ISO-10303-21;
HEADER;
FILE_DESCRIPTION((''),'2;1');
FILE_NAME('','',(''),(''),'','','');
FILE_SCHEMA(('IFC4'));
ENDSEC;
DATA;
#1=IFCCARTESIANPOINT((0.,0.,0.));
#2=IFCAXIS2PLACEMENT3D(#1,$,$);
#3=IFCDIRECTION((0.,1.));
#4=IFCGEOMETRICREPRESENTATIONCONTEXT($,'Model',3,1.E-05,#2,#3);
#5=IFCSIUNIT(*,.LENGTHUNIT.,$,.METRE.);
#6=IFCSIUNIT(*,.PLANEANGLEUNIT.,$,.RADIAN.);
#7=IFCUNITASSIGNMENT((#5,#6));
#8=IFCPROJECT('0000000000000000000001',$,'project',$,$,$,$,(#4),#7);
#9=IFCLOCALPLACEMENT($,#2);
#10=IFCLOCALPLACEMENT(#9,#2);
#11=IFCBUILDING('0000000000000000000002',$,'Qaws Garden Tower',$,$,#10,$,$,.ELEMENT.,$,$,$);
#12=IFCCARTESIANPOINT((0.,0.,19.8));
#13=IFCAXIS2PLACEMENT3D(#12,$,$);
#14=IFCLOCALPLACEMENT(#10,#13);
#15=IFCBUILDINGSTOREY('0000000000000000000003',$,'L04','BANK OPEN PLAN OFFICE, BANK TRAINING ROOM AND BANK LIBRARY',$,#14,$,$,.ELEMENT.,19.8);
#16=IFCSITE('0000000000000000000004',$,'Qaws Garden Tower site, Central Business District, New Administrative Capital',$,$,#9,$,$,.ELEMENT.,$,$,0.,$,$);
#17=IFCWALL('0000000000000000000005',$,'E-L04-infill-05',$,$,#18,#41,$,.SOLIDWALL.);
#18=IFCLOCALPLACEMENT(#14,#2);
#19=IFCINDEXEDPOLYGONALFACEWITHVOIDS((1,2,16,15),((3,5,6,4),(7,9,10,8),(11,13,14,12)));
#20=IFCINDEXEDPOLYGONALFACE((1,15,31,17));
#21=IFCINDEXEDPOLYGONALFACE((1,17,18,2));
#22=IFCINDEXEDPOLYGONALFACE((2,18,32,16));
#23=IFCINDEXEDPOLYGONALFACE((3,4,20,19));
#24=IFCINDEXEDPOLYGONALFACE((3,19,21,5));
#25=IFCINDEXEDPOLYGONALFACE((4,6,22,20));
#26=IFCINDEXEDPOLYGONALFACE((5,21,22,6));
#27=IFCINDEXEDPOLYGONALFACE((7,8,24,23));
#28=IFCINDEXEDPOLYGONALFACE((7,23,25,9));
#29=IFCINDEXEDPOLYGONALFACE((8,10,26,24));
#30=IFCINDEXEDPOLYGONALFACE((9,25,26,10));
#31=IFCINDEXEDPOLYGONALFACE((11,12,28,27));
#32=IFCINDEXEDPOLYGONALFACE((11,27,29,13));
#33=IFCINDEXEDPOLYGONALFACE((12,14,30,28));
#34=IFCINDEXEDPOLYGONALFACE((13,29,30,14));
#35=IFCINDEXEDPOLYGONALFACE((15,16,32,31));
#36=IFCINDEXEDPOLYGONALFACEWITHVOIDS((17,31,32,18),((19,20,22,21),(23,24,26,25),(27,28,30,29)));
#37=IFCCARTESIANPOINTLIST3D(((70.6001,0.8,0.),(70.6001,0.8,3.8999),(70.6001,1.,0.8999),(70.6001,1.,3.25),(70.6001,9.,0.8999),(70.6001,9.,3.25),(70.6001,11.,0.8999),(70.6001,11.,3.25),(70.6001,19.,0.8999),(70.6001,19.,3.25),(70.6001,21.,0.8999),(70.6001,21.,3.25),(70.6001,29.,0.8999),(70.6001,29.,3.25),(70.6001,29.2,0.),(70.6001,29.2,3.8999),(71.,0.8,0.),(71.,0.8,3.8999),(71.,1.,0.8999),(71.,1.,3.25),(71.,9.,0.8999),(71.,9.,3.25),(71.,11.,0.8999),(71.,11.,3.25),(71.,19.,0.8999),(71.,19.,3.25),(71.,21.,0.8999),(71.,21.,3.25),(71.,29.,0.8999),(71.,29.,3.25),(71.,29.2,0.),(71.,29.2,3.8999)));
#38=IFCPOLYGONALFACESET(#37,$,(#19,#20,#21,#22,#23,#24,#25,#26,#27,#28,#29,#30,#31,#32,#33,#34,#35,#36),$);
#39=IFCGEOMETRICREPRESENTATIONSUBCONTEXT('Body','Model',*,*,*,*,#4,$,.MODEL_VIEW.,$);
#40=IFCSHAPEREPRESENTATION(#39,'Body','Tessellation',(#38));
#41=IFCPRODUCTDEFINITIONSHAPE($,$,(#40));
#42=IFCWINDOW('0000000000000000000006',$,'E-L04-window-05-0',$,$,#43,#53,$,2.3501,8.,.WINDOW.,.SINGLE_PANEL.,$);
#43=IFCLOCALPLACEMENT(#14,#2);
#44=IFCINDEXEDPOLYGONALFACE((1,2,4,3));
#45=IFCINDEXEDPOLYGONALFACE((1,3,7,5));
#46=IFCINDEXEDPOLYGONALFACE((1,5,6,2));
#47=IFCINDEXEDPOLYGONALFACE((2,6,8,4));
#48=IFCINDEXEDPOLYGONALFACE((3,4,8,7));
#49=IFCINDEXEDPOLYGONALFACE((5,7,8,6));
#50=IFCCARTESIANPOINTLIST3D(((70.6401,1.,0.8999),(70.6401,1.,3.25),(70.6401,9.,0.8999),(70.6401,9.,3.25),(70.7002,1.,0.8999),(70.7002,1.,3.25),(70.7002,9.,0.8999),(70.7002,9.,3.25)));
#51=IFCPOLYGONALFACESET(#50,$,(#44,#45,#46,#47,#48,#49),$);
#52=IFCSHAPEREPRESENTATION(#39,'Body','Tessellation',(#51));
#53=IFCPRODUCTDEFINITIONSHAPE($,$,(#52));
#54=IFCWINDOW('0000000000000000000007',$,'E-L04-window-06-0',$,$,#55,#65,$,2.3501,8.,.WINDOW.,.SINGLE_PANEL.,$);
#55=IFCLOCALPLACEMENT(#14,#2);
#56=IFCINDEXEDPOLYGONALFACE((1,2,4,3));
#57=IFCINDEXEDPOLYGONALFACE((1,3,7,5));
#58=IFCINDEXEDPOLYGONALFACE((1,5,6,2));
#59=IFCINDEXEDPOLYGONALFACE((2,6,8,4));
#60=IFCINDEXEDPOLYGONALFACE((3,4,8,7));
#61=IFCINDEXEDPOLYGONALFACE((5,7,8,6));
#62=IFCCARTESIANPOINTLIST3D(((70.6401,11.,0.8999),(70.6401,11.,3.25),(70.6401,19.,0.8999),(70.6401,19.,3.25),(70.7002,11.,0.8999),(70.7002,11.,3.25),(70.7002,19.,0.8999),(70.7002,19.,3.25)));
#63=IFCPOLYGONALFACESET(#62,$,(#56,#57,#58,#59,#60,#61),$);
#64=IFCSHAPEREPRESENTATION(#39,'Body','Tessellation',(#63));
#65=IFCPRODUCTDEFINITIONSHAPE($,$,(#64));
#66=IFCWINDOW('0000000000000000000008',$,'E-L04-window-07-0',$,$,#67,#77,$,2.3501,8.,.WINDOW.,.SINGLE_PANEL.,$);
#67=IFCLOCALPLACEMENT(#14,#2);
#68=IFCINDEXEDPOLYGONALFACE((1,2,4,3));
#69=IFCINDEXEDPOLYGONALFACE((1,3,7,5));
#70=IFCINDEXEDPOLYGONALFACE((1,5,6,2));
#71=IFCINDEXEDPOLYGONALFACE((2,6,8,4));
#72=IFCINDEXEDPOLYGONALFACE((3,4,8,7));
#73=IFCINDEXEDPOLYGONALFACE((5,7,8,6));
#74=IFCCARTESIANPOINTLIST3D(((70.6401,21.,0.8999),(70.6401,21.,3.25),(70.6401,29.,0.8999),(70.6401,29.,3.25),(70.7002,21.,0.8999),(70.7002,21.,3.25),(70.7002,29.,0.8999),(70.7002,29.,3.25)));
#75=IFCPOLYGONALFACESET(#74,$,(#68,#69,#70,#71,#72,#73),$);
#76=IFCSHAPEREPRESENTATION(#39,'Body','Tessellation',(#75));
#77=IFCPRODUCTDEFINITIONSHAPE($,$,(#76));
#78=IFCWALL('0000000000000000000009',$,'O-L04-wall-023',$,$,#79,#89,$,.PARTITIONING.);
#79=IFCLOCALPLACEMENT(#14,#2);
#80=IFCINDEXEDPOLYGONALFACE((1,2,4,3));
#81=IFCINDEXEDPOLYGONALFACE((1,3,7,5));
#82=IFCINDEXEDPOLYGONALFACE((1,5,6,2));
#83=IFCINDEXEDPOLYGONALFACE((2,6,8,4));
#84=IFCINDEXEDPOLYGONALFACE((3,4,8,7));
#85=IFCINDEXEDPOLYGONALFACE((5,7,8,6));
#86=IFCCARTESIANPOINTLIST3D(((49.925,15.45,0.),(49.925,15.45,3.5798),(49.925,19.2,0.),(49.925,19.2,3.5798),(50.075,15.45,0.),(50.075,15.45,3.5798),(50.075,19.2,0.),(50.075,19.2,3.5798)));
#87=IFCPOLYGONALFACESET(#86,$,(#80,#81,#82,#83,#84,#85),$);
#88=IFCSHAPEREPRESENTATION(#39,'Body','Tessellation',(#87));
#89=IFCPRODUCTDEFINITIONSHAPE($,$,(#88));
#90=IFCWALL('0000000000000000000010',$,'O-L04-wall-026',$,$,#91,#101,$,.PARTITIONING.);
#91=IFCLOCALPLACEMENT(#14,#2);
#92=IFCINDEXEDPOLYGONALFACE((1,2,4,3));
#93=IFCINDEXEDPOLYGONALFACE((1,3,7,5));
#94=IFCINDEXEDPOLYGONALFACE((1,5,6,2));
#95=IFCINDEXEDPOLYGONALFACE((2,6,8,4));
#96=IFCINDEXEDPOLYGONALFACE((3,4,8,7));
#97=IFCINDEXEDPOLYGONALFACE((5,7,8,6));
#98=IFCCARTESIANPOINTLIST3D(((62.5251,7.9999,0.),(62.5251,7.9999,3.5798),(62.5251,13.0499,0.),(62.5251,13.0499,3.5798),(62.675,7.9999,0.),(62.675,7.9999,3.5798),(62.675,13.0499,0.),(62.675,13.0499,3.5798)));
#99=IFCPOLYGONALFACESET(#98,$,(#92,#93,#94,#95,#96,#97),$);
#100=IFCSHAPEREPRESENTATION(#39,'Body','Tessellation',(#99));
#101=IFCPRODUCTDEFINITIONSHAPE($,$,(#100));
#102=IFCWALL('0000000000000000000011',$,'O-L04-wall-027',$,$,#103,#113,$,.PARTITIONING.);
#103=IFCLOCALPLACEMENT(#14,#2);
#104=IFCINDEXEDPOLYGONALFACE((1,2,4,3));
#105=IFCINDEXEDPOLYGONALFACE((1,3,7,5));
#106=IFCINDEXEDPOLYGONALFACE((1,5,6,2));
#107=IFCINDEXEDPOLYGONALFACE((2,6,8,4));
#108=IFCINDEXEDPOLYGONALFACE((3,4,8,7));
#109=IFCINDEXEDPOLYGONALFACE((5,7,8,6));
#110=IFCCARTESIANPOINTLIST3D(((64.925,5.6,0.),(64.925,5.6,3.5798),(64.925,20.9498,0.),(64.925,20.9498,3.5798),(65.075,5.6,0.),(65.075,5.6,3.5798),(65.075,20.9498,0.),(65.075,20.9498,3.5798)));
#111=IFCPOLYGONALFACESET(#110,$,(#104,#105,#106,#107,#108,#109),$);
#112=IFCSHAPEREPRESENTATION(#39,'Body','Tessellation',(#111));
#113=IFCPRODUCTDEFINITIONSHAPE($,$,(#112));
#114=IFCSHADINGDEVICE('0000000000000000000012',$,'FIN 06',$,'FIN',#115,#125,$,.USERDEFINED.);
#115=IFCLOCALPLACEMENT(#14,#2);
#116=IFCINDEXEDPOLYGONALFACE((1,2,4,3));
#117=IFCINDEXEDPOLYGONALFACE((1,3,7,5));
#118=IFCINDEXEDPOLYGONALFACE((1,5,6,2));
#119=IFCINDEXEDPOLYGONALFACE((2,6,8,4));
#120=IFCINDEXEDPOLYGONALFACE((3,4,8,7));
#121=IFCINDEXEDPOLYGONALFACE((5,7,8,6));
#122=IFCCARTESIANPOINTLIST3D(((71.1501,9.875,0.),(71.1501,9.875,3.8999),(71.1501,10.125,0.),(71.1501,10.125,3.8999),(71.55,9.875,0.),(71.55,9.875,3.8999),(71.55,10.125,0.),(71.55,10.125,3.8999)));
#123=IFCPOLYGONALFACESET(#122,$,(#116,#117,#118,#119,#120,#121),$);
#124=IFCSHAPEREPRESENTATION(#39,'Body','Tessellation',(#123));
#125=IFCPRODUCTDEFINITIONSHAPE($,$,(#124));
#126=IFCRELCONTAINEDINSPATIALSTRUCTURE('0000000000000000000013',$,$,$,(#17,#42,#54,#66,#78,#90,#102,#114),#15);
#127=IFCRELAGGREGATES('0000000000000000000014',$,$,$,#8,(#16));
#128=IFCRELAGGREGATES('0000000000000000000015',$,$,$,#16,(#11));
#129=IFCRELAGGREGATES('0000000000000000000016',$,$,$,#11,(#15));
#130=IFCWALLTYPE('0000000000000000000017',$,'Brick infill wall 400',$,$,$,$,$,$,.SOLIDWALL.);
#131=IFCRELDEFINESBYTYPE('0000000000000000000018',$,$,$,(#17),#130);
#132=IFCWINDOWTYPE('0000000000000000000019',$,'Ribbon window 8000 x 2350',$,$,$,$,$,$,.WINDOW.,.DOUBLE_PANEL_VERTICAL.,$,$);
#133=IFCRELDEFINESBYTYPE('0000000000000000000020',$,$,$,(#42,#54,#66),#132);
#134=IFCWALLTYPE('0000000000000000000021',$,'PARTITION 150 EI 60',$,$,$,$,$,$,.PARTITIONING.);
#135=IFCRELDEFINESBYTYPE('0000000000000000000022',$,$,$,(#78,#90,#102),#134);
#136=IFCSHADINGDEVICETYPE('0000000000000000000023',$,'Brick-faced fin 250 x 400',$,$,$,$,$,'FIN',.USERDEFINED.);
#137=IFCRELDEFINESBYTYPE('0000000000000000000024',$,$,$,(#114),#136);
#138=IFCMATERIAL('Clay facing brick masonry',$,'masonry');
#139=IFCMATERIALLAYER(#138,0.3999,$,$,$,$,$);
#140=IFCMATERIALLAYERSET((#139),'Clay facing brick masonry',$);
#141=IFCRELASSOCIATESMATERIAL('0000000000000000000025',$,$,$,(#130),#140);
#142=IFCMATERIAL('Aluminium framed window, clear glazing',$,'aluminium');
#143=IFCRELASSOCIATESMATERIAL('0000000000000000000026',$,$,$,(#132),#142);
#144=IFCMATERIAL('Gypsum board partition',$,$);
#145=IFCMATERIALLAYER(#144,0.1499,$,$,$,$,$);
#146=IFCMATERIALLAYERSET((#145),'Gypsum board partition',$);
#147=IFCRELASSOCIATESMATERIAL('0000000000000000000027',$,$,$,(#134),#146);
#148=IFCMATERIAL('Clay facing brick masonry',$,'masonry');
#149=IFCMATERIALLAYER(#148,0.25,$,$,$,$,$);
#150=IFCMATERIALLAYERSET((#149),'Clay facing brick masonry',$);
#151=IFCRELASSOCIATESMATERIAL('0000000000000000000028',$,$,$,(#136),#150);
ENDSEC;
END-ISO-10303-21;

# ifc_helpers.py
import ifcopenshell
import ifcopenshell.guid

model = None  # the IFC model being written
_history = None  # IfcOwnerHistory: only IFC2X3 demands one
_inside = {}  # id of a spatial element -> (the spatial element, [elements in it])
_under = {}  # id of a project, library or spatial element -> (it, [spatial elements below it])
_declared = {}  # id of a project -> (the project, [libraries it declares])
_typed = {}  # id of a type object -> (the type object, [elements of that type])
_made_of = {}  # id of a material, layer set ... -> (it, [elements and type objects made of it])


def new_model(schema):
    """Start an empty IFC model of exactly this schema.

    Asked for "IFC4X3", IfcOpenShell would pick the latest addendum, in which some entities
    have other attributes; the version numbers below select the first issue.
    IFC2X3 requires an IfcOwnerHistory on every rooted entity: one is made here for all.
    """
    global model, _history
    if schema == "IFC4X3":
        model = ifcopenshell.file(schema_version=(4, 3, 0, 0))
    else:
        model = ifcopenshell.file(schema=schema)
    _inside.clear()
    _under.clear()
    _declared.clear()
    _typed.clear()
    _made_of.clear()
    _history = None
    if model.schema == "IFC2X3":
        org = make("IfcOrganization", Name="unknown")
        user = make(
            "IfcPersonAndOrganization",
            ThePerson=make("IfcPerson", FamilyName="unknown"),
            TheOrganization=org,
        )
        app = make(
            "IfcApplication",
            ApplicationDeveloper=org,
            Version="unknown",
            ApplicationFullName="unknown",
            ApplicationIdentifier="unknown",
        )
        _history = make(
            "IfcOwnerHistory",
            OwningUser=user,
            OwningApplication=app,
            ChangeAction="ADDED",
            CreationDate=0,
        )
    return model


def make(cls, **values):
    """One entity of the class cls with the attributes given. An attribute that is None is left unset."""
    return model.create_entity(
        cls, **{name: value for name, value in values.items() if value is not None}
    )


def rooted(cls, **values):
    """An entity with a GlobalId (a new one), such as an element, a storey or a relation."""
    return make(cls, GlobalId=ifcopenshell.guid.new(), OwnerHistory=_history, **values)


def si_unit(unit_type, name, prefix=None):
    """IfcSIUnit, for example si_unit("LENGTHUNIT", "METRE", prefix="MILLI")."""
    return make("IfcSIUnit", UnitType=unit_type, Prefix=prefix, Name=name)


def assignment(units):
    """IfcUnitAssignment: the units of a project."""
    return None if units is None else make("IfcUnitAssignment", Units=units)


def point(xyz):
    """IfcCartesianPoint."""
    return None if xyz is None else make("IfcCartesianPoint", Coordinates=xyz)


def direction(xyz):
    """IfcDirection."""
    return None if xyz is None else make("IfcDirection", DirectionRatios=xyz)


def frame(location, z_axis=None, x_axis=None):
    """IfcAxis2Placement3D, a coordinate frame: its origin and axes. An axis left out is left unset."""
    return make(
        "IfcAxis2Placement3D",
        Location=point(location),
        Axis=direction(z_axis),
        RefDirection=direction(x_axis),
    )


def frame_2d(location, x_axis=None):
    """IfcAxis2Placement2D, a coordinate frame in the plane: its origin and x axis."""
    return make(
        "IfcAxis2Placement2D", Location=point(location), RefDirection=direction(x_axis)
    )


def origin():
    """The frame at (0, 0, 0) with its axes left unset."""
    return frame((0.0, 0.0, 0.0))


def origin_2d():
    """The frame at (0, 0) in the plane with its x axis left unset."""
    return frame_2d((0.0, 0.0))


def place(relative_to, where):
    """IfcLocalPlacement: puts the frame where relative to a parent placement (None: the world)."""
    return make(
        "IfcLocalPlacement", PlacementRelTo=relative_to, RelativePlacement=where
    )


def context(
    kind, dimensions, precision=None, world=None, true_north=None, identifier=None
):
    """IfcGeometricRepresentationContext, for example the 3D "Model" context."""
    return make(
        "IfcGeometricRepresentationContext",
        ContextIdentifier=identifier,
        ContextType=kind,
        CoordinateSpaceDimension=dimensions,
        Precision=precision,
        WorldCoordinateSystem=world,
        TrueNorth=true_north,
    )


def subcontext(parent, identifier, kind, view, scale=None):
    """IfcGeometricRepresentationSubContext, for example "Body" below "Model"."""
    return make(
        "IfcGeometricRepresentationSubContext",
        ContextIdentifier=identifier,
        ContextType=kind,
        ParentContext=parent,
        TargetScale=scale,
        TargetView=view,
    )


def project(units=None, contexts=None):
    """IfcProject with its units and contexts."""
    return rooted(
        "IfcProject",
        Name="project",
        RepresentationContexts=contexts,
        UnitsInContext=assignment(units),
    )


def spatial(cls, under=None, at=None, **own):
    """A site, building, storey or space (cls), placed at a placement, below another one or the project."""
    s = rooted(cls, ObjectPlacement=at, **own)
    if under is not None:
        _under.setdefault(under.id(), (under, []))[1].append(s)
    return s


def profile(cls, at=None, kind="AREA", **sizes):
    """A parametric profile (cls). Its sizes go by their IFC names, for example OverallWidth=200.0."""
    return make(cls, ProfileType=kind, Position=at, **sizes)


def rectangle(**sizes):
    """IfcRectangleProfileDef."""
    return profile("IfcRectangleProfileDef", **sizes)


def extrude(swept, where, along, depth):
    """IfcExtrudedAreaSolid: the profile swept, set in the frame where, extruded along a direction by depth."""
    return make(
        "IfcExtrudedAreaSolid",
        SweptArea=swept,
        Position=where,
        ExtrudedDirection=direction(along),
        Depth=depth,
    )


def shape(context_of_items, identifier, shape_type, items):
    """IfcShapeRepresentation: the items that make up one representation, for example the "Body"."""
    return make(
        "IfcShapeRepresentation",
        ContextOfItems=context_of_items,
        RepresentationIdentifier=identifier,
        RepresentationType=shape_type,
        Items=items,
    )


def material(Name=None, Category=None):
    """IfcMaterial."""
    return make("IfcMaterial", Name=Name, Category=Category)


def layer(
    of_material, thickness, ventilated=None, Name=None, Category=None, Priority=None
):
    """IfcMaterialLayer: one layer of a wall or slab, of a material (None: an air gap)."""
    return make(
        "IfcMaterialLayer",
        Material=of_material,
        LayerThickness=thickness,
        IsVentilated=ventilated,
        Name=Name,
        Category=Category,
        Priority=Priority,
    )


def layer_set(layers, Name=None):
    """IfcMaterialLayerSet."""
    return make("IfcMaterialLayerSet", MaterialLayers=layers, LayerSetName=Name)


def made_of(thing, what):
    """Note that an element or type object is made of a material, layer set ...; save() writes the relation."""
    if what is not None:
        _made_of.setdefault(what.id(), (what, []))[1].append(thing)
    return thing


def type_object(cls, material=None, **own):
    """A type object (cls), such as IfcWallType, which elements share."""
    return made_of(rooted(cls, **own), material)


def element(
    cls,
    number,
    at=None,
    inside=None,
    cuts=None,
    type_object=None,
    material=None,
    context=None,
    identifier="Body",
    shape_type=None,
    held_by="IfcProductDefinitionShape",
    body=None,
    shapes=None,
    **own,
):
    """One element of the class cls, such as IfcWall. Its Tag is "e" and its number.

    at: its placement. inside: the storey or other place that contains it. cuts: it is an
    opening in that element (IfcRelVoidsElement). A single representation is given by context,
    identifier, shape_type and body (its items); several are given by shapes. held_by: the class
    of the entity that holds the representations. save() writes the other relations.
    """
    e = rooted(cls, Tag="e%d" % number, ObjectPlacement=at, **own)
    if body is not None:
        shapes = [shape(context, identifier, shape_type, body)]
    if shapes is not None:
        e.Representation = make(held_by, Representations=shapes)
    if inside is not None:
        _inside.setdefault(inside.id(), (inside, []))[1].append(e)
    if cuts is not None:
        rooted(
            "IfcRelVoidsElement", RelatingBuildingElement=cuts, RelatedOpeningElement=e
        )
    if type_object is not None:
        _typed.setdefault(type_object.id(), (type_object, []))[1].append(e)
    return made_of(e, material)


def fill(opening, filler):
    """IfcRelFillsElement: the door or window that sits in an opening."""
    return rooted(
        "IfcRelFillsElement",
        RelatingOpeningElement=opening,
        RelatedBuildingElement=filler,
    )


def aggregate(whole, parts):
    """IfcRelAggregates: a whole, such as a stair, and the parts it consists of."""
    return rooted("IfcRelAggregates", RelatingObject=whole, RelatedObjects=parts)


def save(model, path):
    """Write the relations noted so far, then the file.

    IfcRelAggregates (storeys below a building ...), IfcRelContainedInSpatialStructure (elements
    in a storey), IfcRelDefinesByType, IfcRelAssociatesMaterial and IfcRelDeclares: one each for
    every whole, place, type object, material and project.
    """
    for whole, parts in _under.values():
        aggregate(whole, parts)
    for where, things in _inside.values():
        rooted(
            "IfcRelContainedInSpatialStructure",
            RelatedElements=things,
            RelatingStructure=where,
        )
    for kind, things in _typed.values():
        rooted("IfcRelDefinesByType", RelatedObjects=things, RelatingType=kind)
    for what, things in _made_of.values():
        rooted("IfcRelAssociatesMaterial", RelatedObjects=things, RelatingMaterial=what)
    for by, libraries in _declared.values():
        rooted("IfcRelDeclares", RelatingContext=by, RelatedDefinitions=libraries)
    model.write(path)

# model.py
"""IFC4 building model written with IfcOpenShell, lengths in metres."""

from ifc_helpers import new_model, si_unit, direction, frame, frame_2d, origin, origin_2d, place, context, subcontext, project, spatial, rectangle, extrude, material, layer, layer_set, type_object, element, fill, save


model = new_model("IFC4")

# Units and contexts
model_context = context("Model", 3, precision=1e-05, world=origin(), true_north=direction((0.0, 1.0)))
body_context = subcontext(model_context, "Body", "Model", "MODEL_VIEW")
ifc_project = project(units=[si_unit("LENGTHUNIT", "METRE"), si_unit("PLANEANGLEUNIT", "RADIAN")], contexts=[model_context])

# Site, building, storey
site_placement = place(None, origin())
site = spatial("IfcSite", under=ifc_project, at=site_placement, Name="Qaws Garden Tower site, Central Business District, New Administrative Capital", CompositionType="ELEMENT", RefElevation=0.0)
building_placement = place(site_placement, origin())
building = spatial("IfcBuilding", under=site, at=building_placement, Name="Qaws Garden Tower", CompositionType="ELEMENT")
storey_placement = place(building_placement, frame((0.0, 0.0, 19.8)))
storey = spatial("IfcBuildingStorey", under=building, at=storey_placement, Name="L04", Description="BANK OPEN PLAN OFFICE, BANK TRAINING ROOM AND BANK LIBRARY", CompositionType="ELEMENT", Elevation=19.8)

# Wall, openings, windows
ifc_material_1 = material(Name="Clay facing brick masonry", Category="masonry")
ifc_layer_1 = layer(ifc_material_1, 0.3999)
ifc_layer_set_1 = layer_set([ifc_layer_1], Name="Clay facing brick masonry")
wall_type_1 = type_object("IfcWallType", Name="Brick infill wall 400", PredefinedType="SOLIDWALL", material=ifc_layer_set_1)
wall_1_placement = place(storey_placement, frame((70.8, 0.8, 0.0), z_axis=(0.0, 0.0, 1.0), x_axis=(0.0, 1.0, 0.0)))
wall_1 = element("IfcWall", 1, at=wall_1_placement, inside=storey, type_object=wall_type_1, Name="E-L04-infill-05", PredefinedType="SOLIDWALL", context=body_context, shape_type="SweptSolid", body=[
    extrude(rectangle(XDim=28.3999, YDim=0.3999, at=frame_2d((14.2, 0.0))), origin(), (0.0, 0.0, 1.0), 3.8999),
])
opening_1_placement = place(wall_1_placement, frame((0.2, 0.0, 0.8999)))
opening_1 = element("IfcOpeningElement", 2, at=opening_1_placement, cuts=wall_1, PredefinedType="OPENING", context=body_context, shape_type="SweptSolid", body=[
    extrude(rectangle(XDim=8.0, YDim=2.3501, at=frame_2d((4.0, 1.175))), frame((0.0, 0.21, 0.0), z_axis=(0.0, -1.0, 0.0), x_axis=(1.0, 0.0, 0.0)), (0.0, 0.0, 1.0), 0.4199),
])
opening_2_placement = place(wall_1_placement, frame((10.2, 0.0, 0.8999)))
opening_2 = element("IfcOpeningElement", 3, at=opening_2_placement, cuts=wall_1, PredefinedType="OPENING", context=body_context, shape_type="SweptSolid", body=[
    extrude(rectangle(XDim=8.0, YDim=2.3501, at=frame_2d((4.0, 1.175))), frame((0.0, 0.21, 0.0), z_axis=(0.0, -1.0, 0.0), x_axis=(1.0, 0.0, 0.0)), (0.0, 0.0, 1.0), 0.4199),
])
opening_3_placement = place(wall_1_placement, frame((20.2, 0.0, 0.8999)))
opening_3 = element("IfcOpeningElement", 4, at=opening_3_placement, cuts=wall_1, PredefinedType="OPENING", context=body_context, shape_type="SweptSolid", body=[
    extrude(rectangle(XDim=8.0, YDim=2.3501, at=frame_2d((4.0, 1.175))), frame((0.0, 0.21, 0.0), z_axis=(0.0, -1.0, 0.0), x_axis=(1.0, 0.0, 0.0)), (0.0, 0.0, 1.0), 0.4199),
])
ifc_material_2 = material(Name="Aluminium framed window, clear glazing", Category="aluminium")
window_type = type_object("IfcWindowType", Name="Ribbon window 8000 x 2350", PartitioningType="DOUBLE_PANEL_VERTICAL", PredefinedType="WINDOW", material=ifc_material_2)
window_1_placement = place(opening_1_placement, origin())
window_1 = element("IfcWindow", 5, at=window_1_placement, inside=storey, type_object=window_type, Name="E-L04-window-05-0", OverallHeight=2.3501, OverallWidth=8.0, PartitioningType="SINGLE_PANEL", PredefinedType="WINDOW", context=body_context, shape_type="SweptSolid", body=[
    extrude(rectangle(XDim=8.0, YDim=2.3501, at=frame_2d((4.0, 1.175))), frame((0.0, 0.1599, 0.0), z_axis=(0.0, -1.0, 0.0), x_axis=(1.0, 0.0, 0.0)), (0.0, 0.0, 1.0), 0.0601),
])
fill(opening_1, window_1)
window_2_placement = place(opening_2_placement, origin())
window_2 = element("IfcWindow", 6, at=window_2_placement, inside=storey, type_object=window_type, Name="E-L04-window-06-0", OverallHeight=2.3501, OverallWidth=8.0, PartitioningType="SINGLE_PANEL", PredefinedType="WINDOW", context=body_context, shape_type="SweptSolid", body=[
    extrude(rectangle(XDim=8.0, YDim=2.3501, at=frame_2d((4.0, 1.175))), frame((0.0, 0.1599, 0.0), z_axis=(0.0, -1.0, 0.0), x_axis=(1.0, 0.0, 0.0)), (0.0, 0.0, 1.0), 0.0601),
])
fill(opening_2, window_2)
window_3_placement = place(opening_3_placement, origin())
window_3 = element("IfcWindow", 7, at=window_3_placement, inside=storey, type_object=window_type, Name="E-L04-window-07-0", OverallHeight=2.3501, OverallWidth=8.0, PartitioningType="SINGLE_PANEL", PredefinedType="WINDOW", context=body_context, shape_type="SweptSolid", body=[
    extrude(rectangle(XDim=8.0, YDim=2.3501, at=frame_2d((4.0, 1.175))), frame((0.0, 0.1599, 0.0), z_axis=(0.0, -1.0, 0.0), x_axis=(1.0, 0.0, 0.0)), (0.0, 0.0, 1.0), 0.0601),
])
fill(opening_3, window_3)

# Walls
ifc_material_3 = material(Name="Gypsum board partition")
ifc_layer_2 = layer(ifc_material_3, 0.1499)
ifc_layer_set_2 = layer_set([ifc_layer_2], Name="Gypsum board partition")
wall_type_2 = type_object("IfcWallType", Name="PARTITION 150 EI 60", PredefinedType="PARTITIONING", material=ifc_layer_set_2)
wall_2_placement = place(storey_placement, frame((50.0, 15.45, 0.0), z_axis=(0.0, 0.0, 1.0), x_axis=(0.0, 1.0, 0.0)))
element("IfcWall", 8, at=wall_2_placement, inside=storey, type_object=wall_type_2, Name="O-L04-wall-023", PredefinedType="PARTITIONING", context=body_context, shape_type="SweptSolid", body=[
    extrude(rectangle(XDim=3.75, YDim=0.1499, at=frame_2d((1.875, 0.0))), origin(), (0.0, 0.0, 1.0), 3.5798),
])
wall_3_placement = place(storey_placement, frame((62.6001, 8.0, 0.0), z_axis=(0.0, 0.0, 1.0), x_axis=(0.0, 1.0, 0.0)))
element("IfcWall", 9, at=wall_3_placement, inside=storey, type_object=wall_type_2, Name="O-L04-wall-026", PredefinedType="PARTITIONING", context=body_context, shape_type="SweptSolid", body=[
    extrude(rectangle(XDim=5.05, YDim=0.1499, at=frame_2d((2.5249, 0.0))), origin(), (0.0, 0.0, 1.0), 3.5798),
])
wall_4_placement = place(storey_placement, frame((65.0, 5.6001, 0.0), z_axis=(0.0, 0.0, 1.0), x_axis=(0.0, 1.0, 0.0)))
element("IfcWall", 10, at=wall_4_placement, inside=storey, type_object=wall_type_2, Name="O-L04-wall-027", PredefinedType="PARTITIONING", context=body_context, shape_type="SweptSolid", body=[
    extrude(rectangle(XDim=15.3499, YDim=0.1499, at=frame_2d((7.6748, 0.0))), origin(), (0.0, 0.0, 1.0), 3.5798),
])

# Shading device
ifc_material_4 = material(Name="Clay facing brick masonry", Category="masonry")
ifc_layer_3 = layer(ifc_material_4, 0.25)
ifc_layer_set_3 = layer_set([ifc_layer_3], Name="Clay facing brick masonry")
shading_device_type = type_object("IfcShadingDeviceType", Name="Brick-faced fin 250 x 400", ElementType="FIN", PredefinedType="USERDEFINED", material=ifc_layer_set_3)
shading_device_placement = place(storey_placement, frame((71.3501, 10.0, 0.0), z_axis=(0.0, 0.0, 1.0), x_axis=(0.0, 1.0, 0.0)))
element("IfcShadingDevice", 11, at=shading_device_placement, inside=storey, type_object=shading_device_type, Name="FIN 06", ObjectType="FIN", PredefinedType="USERDEFINED", context=body_context, shape_type="SweptSolid", body=[
    extrude(rectangle(XDim=0.25, YDim=0.3999, at=origin_2d()), origin(), (0.0, 0.0, 1.0), 3.8999),
])

save(model, "model.ifc")
